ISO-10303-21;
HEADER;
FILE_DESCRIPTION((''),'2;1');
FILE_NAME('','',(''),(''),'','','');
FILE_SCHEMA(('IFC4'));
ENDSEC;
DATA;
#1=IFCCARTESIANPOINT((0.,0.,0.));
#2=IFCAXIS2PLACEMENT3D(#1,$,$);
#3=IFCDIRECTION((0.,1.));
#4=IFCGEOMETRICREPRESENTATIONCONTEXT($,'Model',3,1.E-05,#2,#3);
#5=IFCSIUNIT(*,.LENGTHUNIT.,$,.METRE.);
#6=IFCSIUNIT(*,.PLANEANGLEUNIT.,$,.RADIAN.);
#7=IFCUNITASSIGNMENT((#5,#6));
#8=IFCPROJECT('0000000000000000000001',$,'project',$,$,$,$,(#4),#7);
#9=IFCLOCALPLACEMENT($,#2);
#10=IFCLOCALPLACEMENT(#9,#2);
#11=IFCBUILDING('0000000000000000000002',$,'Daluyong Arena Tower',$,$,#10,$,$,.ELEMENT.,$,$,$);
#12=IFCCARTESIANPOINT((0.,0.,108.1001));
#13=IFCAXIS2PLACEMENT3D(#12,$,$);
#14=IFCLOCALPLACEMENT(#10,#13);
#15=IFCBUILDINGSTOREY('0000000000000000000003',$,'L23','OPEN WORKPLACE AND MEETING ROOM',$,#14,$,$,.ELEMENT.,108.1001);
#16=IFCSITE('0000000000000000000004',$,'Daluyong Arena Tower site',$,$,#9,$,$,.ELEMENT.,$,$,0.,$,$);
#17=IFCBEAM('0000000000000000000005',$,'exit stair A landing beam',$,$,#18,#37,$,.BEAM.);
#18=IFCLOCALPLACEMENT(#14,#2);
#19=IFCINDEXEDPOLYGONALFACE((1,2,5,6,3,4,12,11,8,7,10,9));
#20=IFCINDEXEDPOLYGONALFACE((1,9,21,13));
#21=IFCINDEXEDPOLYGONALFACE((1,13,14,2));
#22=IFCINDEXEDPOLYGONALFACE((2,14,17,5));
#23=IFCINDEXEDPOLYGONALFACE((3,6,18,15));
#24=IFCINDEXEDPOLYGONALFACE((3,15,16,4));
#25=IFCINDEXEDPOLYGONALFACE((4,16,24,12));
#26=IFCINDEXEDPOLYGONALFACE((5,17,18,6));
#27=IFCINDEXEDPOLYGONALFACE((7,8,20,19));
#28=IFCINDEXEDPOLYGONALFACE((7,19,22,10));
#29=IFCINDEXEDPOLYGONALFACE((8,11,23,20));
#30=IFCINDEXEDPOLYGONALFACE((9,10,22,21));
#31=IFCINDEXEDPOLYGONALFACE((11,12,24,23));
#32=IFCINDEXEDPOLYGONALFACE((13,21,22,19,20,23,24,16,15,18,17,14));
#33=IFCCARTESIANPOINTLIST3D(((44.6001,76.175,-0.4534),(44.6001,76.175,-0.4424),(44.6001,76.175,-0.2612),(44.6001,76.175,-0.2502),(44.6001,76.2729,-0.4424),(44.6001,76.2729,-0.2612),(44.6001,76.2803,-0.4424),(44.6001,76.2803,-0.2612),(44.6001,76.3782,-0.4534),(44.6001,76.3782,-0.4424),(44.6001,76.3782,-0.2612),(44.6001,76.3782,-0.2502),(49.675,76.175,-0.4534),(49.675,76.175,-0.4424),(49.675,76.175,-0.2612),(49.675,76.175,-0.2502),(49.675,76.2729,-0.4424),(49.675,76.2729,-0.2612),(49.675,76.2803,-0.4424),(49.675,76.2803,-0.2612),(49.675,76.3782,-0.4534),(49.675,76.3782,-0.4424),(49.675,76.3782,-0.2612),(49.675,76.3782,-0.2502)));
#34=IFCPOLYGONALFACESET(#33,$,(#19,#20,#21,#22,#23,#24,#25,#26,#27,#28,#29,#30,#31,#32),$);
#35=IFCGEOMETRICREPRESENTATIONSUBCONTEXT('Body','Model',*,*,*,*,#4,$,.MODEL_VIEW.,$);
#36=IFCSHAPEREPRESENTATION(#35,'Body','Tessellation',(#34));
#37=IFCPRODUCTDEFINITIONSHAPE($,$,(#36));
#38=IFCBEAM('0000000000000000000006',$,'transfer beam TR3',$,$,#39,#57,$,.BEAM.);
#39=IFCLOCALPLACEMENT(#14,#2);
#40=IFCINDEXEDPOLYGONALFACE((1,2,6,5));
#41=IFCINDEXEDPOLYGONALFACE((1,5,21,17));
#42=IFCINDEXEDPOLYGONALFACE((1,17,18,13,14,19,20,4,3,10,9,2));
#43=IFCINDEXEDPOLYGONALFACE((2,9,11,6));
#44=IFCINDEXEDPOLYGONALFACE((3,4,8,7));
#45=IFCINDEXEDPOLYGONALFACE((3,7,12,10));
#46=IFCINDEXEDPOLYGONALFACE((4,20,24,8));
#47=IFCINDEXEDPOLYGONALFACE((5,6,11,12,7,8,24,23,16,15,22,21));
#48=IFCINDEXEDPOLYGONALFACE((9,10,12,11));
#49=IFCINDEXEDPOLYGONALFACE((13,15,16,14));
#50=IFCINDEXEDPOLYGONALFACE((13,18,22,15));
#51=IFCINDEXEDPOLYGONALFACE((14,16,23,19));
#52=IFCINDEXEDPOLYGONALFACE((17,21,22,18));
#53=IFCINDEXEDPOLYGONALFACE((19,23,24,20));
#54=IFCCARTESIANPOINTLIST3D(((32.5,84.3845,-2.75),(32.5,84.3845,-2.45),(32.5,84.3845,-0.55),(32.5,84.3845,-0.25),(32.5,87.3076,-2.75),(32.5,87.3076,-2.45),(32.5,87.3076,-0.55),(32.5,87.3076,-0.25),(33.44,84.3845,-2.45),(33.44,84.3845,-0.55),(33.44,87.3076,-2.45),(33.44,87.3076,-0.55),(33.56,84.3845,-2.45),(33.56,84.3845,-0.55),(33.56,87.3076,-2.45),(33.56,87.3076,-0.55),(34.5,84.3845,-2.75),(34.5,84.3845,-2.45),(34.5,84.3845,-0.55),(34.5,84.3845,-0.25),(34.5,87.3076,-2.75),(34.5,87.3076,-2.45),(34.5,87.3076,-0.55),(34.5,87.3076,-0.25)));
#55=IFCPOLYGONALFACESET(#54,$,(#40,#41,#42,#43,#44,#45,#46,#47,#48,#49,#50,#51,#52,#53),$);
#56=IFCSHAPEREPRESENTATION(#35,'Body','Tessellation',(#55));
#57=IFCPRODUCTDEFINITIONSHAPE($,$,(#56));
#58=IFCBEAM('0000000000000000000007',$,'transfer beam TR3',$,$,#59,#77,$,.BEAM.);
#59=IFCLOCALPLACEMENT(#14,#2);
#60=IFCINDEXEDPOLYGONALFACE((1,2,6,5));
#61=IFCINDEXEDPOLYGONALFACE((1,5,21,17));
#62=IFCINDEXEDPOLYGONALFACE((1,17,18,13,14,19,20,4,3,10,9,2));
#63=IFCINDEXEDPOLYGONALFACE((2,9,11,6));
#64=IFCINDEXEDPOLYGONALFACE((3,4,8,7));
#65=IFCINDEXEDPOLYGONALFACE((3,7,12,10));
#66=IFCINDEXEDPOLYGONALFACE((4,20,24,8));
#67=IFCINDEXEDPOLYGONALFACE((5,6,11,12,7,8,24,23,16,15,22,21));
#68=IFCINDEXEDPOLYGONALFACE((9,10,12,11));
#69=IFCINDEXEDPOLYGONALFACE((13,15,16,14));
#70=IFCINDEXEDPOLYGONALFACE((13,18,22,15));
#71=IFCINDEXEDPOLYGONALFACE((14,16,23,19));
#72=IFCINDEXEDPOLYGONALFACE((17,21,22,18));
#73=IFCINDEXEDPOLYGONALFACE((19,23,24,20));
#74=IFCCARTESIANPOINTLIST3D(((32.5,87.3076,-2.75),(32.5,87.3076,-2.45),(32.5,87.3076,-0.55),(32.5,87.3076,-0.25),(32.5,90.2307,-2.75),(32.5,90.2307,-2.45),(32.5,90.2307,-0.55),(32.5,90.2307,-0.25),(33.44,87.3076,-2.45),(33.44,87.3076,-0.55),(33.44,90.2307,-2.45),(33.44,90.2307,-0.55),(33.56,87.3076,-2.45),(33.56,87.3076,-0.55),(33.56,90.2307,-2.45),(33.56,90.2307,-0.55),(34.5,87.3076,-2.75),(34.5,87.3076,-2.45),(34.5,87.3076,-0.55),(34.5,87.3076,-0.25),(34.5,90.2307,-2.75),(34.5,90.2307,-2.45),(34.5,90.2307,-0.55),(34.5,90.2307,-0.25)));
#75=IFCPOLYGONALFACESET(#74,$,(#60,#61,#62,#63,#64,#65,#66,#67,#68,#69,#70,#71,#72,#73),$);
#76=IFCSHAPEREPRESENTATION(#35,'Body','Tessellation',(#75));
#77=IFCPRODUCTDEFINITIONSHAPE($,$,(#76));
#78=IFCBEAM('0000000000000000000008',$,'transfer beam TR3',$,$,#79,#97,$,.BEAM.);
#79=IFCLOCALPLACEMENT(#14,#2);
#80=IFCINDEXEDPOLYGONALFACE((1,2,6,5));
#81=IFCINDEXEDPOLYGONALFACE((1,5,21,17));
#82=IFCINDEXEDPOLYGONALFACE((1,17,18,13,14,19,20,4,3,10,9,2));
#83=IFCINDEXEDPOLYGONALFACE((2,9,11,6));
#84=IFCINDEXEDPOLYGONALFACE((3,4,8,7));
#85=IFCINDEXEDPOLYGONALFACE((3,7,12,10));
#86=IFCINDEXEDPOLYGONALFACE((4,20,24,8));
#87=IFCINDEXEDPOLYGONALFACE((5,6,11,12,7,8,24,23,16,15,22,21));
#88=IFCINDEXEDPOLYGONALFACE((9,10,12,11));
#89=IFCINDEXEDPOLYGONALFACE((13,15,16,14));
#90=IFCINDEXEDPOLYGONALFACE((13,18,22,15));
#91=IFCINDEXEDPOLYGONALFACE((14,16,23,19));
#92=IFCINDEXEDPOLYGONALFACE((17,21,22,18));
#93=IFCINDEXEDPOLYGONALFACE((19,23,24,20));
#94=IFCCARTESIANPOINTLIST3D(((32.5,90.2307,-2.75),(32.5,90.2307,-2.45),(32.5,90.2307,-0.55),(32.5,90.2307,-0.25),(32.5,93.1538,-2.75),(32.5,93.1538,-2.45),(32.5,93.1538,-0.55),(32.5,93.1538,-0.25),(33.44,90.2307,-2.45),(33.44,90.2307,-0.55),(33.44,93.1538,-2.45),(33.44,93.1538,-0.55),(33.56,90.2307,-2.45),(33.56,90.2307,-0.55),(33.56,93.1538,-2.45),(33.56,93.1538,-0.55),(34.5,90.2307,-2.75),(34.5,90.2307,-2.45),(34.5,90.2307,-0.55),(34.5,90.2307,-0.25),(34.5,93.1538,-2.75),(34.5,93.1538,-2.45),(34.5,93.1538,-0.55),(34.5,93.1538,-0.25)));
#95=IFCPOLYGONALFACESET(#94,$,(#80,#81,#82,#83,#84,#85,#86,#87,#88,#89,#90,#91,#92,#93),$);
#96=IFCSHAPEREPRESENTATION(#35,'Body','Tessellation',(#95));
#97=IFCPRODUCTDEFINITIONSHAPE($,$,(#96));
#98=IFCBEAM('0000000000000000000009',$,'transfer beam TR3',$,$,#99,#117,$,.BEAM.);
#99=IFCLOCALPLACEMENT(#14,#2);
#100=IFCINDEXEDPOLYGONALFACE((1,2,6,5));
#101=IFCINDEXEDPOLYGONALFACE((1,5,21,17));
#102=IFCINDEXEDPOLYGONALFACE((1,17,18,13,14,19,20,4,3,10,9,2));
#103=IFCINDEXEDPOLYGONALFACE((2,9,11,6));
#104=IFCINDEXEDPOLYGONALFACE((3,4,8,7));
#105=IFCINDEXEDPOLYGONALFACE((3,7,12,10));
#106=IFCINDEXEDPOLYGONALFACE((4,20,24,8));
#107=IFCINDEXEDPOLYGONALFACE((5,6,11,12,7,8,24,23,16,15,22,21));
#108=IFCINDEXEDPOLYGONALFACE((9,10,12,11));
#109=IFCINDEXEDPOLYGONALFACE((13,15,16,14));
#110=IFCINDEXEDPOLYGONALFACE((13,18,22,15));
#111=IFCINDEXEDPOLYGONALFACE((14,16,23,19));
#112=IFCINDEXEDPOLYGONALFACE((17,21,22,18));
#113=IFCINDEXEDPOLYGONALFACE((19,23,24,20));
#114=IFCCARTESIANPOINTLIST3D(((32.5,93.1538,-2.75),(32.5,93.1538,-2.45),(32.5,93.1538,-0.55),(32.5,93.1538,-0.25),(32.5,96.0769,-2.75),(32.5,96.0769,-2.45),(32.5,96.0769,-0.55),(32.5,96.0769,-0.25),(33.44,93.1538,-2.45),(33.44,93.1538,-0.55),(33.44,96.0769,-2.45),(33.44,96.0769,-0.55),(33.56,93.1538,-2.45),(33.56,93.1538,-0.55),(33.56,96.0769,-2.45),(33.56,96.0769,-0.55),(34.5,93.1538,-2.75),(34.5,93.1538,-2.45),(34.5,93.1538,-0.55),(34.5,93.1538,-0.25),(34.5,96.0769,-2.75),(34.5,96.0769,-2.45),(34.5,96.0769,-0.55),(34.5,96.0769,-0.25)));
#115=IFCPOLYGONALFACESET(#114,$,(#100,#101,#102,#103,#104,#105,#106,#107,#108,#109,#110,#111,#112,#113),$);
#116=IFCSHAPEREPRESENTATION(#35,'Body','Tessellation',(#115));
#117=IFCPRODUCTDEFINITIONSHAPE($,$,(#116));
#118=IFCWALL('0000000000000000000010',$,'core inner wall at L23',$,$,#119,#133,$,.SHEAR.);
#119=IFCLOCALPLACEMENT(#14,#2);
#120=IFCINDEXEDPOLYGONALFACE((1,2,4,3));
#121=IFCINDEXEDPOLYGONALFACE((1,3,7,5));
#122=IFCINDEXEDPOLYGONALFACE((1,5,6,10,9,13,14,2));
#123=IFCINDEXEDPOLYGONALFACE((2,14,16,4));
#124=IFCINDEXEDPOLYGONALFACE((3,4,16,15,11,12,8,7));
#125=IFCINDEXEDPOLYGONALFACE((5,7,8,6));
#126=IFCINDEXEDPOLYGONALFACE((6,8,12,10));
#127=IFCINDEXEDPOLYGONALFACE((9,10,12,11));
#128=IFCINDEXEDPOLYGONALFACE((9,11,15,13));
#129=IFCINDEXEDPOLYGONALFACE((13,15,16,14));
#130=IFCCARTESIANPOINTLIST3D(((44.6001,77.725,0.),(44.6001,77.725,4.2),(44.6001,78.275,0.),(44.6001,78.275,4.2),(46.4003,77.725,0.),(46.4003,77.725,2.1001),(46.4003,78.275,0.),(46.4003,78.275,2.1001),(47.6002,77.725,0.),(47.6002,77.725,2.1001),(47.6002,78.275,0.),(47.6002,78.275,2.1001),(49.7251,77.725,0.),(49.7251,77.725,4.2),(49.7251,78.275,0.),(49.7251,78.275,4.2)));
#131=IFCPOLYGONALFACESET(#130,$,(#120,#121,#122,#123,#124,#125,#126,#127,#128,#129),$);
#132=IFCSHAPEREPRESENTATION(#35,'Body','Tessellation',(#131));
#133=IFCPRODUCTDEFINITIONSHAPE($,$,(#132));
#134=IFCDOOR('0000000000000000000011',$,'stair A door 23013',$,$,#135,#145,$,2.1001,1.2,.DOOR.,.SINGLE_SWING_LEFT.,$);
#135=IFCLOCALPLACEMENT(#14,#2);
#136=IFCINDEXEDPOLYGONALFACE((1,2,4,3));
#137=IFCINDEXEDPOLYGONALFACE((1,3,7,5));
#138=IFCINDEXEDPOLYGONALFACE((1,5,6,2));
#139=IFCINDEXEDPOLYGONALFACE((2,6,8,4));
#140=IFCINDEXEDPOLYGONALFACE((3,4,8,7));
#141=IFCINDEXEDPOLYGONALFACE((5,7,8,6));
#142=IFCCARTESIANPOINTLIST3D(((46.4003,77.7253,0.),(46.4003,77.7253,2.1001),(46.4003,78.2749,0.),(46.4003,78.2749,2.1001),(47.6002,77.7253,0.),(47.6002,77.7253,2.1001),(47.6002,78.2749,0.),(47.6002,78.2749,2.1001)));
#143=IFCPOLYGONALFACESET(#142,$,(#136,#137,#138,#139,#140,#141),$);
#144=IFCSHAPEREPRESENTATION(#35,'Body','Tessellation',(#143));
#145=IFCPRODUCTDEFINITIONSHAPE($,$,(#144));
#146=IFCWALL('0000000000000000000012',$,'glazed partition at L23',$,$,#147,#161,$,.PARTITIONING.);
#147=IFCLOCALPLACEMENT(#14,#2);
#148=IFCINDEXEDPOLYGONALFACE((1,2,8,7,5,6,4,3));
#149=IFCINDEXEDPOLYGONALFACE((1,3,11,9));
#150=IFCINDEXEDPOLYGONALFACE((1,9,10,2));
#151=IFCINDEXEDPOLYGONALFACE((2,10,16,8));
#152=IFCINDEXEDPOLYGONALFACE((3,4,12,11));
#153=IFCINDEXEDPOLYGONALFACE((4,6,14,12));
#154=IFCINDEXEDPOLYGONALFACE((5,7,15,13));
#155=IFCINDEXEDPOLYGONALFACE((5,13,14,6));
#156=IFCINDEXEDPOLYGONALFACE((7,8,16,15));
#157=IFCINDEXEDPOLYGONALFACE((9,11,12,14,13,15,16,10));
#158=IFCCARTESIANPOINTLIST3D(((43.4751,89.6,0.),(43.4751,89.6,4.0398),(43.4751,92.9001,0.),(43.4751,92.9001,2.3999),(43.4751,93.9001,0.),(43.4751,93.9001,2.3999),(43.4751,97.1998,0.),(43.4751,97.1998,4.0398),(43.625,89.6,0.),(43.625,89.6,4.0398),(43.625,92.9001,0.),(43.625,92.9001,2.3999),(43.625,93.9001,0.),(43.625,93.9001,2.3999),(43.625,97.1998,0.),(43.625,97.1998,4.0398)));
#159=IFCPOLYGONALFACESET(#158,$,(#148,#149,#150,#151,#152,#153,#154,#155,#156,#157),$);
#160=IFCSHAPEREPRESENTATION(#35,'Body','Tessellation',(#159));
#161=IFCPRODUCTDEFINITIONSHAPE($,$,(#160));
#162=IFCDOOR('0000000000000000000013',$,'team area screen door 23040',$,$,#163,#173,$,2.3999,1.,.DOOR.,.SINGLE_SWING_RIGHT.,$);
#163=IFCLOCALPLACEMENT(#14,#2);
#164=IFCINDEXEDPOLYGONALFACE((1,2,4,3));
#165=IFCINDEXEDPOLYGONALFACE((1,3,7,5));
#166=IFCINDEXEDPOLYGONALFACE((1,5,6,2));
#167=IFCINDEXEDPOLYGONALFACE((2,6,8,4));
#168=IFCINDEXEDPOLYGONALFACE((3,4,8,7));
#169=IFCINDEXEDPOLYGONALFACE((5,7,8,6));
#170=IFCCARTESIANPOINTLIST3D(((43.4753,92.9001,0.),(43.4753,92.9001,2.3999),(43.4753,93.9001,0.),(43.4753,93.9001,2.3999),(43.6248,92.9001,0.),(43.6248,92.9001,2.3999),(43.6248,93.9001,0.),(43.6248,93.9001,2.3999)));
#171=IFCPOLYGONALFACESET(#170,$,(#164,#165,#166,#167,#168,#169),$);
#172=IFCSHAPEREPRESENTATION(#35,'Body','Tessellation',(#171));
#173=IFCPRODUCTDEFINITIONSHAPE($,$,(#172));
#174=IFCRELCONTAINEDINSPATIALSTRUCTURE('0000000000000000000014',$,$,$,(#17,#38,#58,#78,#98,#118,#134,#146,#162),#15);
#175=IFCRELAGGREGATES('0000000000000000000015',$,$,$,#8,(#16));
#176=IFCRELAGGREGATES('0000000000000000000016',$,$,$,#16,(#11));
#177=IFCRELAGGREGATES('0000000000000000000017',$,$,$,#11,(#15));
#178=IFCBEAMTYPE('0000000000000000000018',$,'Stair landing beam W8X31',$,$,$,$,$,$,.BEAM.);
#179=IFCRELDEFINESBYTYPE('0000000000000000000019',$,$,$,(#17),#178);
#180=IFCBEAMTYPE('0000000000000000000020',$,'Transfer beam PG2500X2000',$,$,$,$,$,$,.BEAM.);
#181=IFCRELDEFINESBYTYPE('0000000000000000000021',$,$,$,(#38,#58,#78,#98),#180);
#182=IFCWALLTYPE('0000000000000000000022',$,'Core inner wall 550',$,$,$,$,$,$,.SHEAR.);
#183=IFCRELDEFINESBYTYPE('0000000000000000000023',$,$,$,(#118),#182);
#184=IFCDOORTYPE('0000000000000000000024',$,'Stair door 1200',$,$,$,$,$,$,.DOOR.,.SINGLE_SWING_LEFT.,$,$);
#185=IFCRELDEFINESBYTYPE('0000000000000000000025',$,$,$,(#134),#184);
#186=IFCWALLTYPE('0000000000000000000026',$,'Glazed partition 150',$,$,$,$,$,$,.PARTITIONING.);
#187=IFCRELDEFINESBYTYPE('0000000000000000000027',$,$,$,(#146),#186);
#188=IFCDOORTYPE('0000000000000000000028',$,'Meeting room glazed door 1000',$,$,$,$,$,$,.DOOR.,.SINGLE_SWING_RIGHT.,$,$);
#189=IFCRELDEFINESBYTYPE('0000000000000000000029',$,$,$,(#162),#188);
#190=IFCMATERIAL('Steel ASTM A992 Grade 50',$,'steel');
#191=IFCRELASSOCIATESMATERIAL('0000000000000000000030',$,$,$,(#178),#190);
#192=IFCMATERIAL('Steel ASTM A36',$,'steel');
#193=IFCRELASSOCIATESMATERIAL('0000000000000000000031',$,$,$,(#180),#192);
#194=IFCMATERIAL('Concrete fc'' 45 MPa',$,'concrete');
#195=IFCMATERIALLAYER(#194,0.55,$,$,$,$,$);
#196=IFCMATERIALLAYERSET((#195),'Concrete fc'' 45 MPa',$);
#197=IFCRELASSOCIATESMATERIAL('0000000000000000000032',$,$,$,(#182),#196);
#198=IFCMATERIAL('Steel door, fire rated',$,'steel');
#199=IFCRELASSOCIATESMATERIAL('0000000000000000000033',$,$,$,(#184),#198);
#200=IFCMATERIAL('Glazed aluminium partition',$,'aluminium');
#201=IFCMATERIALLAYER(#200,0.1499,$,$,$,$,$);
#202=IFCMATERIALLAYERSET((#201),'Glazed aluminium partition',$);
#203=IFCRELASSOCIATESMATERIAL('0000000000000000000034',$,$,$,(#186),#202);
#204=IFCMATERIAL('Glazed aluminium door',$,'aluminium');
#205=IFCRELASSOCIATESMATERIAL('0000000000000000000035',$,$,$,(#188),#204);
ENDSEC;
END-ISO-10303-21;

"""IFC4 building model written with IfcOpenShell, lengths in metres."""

from ifc_helpers import new_model, si_unit, direction, frame, frame_2d, origin, origin_2d, place, context, subcontext, project, spatial, rectangle, i_section, extrude, material, layer, layer_set, material_profile, profile_set, type_object, element, fill, save


model = new_model("IFC4")

# Units and contexts
model_context = context("Model", 3, precision=1e-05, world=origin(), true_north=direction((0.0, 1.0)))
body_context = subcontext(model_context, "Body", "Model", "MODEL_VIEW")
ifc_project = project(units=[si_unit("LENGTHUNIT", "METRE"), si_unit("PLANEANGLEUNIT", "RADIAN")], contexts=[model_context])

# Site, building, storey
site_placement = place(None, origin())
site = spatial("IfcSite", under=ifc_project, at=site_placement, Name="Daluyong Arena Tower site", CompositionType="ELEMENT", RefElevation=0.0)
building_placement = place(site_placement, origin())
building = spatial("IfcBuilding", under=site, at=building_placement, Name="Daluyong Arena Tower", CompositionType="ELEMENT")
storey_placement = place(building_placement, frame((0.0, 0.0, 108.1001)))
storey = spatial("IfcBuildingStorey", under=building, at=storey_placement, Name="L23", Description="OPEN WORKPLACE AND MEETING ROOM", CompositionType="ELEMENT", Elevation=108.1001)

# Beams
ifc_material_1 = material(Name="Steel ASTM A992 Grade 50", Category="steel")
ifc_material_profile_1 = material_profile(ifc_material_1, i_section(OverallWidth=0.2031, OverallDepth=0.2031, WebThickness=0.0073, FlangeThickness=0.011, at=origin_2d()))
ifc_profile_set_1 = profile_set([ifc_material_profile_1], Name="Steel ASTM A992 Grade 50")
beam_type_1 = type_object("IfcBeamType", Name="Stair landing beam W8X31", PredefinedType="BEAM", material=ifc_profile_set_1)
beam_1_placement = place(storey_placement, frame((44.6001, 76.2766, -0.3518), z_axis=(1.0, 0.0, 0.0), x_axis=(0.0, 1.0, 0.0)))
element("IfcBeam", 1, at=beam_1_placement, inside=storey, type_object=beam_type_1, Name="exit stair A landing beam", PredefinedType="BEAM", context=body_context, shape_type="SweptSolid", body=[
    extrude(i_section(OverallWidth=0.2031, OverallDepth=0.2031, WebThickness=0.0073, FlangeThickness=0.011, at=origin_2d()), origin(), (0.0, 0.0, 1.0), 5.075),
])
ifc_material_2 = material(Name="Steel ASTM A36", Category="steel")
ifc_material_profile_2 = material_profile(ifc_material_2, i_section(OverallWidth=2.0, OverallDepth=2.5, WebThickness=0.12, FlangeThickness=0.3, at=origin_2d()))
ifc_profile_set_2 = profile_set([ifc_material_profile_2], Name="Steel ASTM A36")
beam_type_2 = type_object("IfcBeamType", Name="Transfer beam PG2500X2000", PredefinedType="BEAM", material=ifc_profile_set_2)
for number, where, z_axis, x_axis, name in (
    (2, (33.5, 84.3845, -1.5), (0.0, 1.0, 0.0), (-1.0, 0.0, 0.0), "transfer beam TR3"),
    (3, (33.5, 87.3076, -1.5), (0.0, 1.0, 0.0), (-1.0, 0.0, 0.0), "transfer beam TR3"),
    (4, (33.5, 90.2307, -1.5), (0.0, 1.0, 0.0), (-1.0, 0.0, 0.0), "transfer beam TR3"),
    (5, (33.5, 93.1538, -1.5), (0.0, 1.0, 0.0), (-1.0, 0.0, 0.0), "transfer beam TR3"),
):
    element("IfcBeam", number, at=place(storey_placement, frame(where, z_axis=z_axis, x_axis=x_axis)), inside=storey, type_object=beam_type_2, Name=name, PredefinedType="BEAM", context=body_context, shape_type="SweptSolid", body=[
        extrude(i_section(OverallWidth=2.0, OverallDepth=2.5, WebThickness=0.12, FlangeThickness=0.3, at=origin_2d()), origin(), (0.0, 0.0, 1.0), 2.9231),
    ])

# Walls, openings, doors
ifc_material_3 = material(Name="Concrete fc' 45 MPa", Category="concrete")
ifc_layer_1 = layer(ifc_material_3, 0.55)
ifc_layer_set_1 = layer_set([ifc_layer_1], Name="Concrete fc' 45 MPa")
wall_type_1 = type_object("IfcWallType", Name="Core inner wall 550", PredefinedType="SHEAR", material=ifc_layer_set_1)
wall_1_placement = place(storey_placement, frame((44.6001, 78.0, 0.0), z_axis=(0.0, 0.0, 1.0), x_axis=(1.0, 0.0, 0.0)))
wall_1 = element("IfcWall", 6, at=wall_1_placement, inside=storey, type_object=wall_type_1, Name="core inner wall at L23", PredefinedType="SHEAR", context=body_context, shape_type="SweptSolid", body=[
    extrude(rectangle(XDim=5.125, YDim=0.55, at=frame_2d((2.5625, 0.0))), origin(), (0.0, 0.0, 1.0), 4.2),
])
opening_1_placement = place(wall_1_placement, frame((1.8, 0.0, 0.0)))
opening_1 = element("IfcOpeningElement", 7, at=opening_1_placement, cuts=wall_1, PredefinedType="OPENING", context=body_context, shape_type="SweptSolid", body=[
    extrude(rectangle(XDim=1.2, YDim=2.1001, at=frame_2d((0.6001, 1.05))), frame((0.0, 0.2849, 0.0), z_axis=(0.0, -1.0, 0.0), x_axis=(1.0, 0.0, 0.0)), (0.0, 0.0, 1.0), 0.5701),
])
ifc_material_4 = material(Name="Steel door, fire rated", Category="steel")
door_type_1 = type_object("IfcDoorType", Name="Stair door 1200", OperationType="SINGLE_SWING_LEFT", PredefinedType="DOOR", material=ifc_material_4)
door_1_placement = place(opening_1_placement, origin())
door_1 = element("IfcDoor", 8, at=door_1_placement, inside=storey, type_object=door_type_1, Name="stair A door 23013", OperationType="SINGLE_SWING_LEFT", OverallHeight=2.1001, OverallWidth=1.2, PredefinedType="DOOR", context=body_context, shape_type="SweptSolid", body=[
    extrude(rectangle(XDim=1.2, YDim=2.1001, at=frame_2d((0.6001, 1.05))), frame((0.0, 0.2749, 0.0), z_axis=(0.0, -1.0, 0.0), x_axis=(1.0, 0.0, 0.0)), (0.0, 0.0, 1.0), 0.5496),
])
fill(opening_1, door_1)
ifc_material_5 = material(Name="Glazed aluminium partition", Category="aluminium")
ifc_layer_2 = layer(ifc_material_5, 0.1499)
ifc_layer_set_2 = layer_set([ifc_layer_2], Name="Glazed aluminium partition")
wall_type_2 = type_object("IfcWallType", Name="Glazed partition 150", PredefinedType="PARTITIONING", material=ifc_layer_set_2)
wall_2_placement = place(storey_placement, frame((43.55, 89.6001, 0.0), z_axis=(0.0, 0.0, 1.0), x_axis=(0.0, 1.0, 0.0)))
wall_2 = element("IfcWall", 9, at=wall_2_placement, inside=storey, type_object=wall_type_2, Name="glazed partition at L23", PredefinedType="PARTITIONING", context=body_context, shape_type="SweptSolid", body=[
    extrude(rectangle(XDim=7.5999, YDim=0.1499, at=frame_2d((3.7998, 0.0))), origin(), (0.0, 0.0, 1.0), 4.0398),
])
opening_2_placement = place(wall_2_placement, frame((3.3, 0.0, 0.0)))
opening_2 = element("IfcOpeningElement", 10, at=opening_2_placement, cuts=wall_2, PredefinedType="OPENING", context=body_context, shape_type="SweptSolid", body=[
    extrude(rectangle(XDim=1.0, YDim=2.3999, at=frame_2d((0.5, 1.2))), frame((0.0, 0.085, 0.0), z_axis=(0.0, -1.0, 0.0), x_axis=(1.0, 0.0, 0.0)), (0.0, 0.0, 1.0), 0.1699),
])
ifc_material_6 = material(Name="Glazed aluminium door", Category="aluminium")
door_type_2 = type_object("IfcDoorType", Name="Meeting room glazed door 1000", OperationType="SINGLE_SWING_RIGHT", PredefinedType="DOOR", material=ifc_material_6)
door_2_placement = place(opening_2_placement, origin())
door_2 = element("IfcDoor", 11, at=door_2_placement, inside=storey, type_object=door_type_2, Name="team area screen door 23040", OperationType="SINGLE_SWING_RIGHT", OverallHeight=2.3999, OverallWidth=1.0, PredefinedType="DOOR", context=body_context, shape_type="SweptSolid", body=[
    extrude(rectangle(XDim=1.0, YDim=2.3999, at=frame_2d((0.5, 1.2))), frame((0.0, 0.0747, 0.0), z_axis=(0.0, -1.0, 0.0), x_axis=(1.0, 0.0, 0.0)), (0.0, 0.0, 1.0), 0.1494),
])
fill(opening_2, door_2)

save(model, "model.ifc")
